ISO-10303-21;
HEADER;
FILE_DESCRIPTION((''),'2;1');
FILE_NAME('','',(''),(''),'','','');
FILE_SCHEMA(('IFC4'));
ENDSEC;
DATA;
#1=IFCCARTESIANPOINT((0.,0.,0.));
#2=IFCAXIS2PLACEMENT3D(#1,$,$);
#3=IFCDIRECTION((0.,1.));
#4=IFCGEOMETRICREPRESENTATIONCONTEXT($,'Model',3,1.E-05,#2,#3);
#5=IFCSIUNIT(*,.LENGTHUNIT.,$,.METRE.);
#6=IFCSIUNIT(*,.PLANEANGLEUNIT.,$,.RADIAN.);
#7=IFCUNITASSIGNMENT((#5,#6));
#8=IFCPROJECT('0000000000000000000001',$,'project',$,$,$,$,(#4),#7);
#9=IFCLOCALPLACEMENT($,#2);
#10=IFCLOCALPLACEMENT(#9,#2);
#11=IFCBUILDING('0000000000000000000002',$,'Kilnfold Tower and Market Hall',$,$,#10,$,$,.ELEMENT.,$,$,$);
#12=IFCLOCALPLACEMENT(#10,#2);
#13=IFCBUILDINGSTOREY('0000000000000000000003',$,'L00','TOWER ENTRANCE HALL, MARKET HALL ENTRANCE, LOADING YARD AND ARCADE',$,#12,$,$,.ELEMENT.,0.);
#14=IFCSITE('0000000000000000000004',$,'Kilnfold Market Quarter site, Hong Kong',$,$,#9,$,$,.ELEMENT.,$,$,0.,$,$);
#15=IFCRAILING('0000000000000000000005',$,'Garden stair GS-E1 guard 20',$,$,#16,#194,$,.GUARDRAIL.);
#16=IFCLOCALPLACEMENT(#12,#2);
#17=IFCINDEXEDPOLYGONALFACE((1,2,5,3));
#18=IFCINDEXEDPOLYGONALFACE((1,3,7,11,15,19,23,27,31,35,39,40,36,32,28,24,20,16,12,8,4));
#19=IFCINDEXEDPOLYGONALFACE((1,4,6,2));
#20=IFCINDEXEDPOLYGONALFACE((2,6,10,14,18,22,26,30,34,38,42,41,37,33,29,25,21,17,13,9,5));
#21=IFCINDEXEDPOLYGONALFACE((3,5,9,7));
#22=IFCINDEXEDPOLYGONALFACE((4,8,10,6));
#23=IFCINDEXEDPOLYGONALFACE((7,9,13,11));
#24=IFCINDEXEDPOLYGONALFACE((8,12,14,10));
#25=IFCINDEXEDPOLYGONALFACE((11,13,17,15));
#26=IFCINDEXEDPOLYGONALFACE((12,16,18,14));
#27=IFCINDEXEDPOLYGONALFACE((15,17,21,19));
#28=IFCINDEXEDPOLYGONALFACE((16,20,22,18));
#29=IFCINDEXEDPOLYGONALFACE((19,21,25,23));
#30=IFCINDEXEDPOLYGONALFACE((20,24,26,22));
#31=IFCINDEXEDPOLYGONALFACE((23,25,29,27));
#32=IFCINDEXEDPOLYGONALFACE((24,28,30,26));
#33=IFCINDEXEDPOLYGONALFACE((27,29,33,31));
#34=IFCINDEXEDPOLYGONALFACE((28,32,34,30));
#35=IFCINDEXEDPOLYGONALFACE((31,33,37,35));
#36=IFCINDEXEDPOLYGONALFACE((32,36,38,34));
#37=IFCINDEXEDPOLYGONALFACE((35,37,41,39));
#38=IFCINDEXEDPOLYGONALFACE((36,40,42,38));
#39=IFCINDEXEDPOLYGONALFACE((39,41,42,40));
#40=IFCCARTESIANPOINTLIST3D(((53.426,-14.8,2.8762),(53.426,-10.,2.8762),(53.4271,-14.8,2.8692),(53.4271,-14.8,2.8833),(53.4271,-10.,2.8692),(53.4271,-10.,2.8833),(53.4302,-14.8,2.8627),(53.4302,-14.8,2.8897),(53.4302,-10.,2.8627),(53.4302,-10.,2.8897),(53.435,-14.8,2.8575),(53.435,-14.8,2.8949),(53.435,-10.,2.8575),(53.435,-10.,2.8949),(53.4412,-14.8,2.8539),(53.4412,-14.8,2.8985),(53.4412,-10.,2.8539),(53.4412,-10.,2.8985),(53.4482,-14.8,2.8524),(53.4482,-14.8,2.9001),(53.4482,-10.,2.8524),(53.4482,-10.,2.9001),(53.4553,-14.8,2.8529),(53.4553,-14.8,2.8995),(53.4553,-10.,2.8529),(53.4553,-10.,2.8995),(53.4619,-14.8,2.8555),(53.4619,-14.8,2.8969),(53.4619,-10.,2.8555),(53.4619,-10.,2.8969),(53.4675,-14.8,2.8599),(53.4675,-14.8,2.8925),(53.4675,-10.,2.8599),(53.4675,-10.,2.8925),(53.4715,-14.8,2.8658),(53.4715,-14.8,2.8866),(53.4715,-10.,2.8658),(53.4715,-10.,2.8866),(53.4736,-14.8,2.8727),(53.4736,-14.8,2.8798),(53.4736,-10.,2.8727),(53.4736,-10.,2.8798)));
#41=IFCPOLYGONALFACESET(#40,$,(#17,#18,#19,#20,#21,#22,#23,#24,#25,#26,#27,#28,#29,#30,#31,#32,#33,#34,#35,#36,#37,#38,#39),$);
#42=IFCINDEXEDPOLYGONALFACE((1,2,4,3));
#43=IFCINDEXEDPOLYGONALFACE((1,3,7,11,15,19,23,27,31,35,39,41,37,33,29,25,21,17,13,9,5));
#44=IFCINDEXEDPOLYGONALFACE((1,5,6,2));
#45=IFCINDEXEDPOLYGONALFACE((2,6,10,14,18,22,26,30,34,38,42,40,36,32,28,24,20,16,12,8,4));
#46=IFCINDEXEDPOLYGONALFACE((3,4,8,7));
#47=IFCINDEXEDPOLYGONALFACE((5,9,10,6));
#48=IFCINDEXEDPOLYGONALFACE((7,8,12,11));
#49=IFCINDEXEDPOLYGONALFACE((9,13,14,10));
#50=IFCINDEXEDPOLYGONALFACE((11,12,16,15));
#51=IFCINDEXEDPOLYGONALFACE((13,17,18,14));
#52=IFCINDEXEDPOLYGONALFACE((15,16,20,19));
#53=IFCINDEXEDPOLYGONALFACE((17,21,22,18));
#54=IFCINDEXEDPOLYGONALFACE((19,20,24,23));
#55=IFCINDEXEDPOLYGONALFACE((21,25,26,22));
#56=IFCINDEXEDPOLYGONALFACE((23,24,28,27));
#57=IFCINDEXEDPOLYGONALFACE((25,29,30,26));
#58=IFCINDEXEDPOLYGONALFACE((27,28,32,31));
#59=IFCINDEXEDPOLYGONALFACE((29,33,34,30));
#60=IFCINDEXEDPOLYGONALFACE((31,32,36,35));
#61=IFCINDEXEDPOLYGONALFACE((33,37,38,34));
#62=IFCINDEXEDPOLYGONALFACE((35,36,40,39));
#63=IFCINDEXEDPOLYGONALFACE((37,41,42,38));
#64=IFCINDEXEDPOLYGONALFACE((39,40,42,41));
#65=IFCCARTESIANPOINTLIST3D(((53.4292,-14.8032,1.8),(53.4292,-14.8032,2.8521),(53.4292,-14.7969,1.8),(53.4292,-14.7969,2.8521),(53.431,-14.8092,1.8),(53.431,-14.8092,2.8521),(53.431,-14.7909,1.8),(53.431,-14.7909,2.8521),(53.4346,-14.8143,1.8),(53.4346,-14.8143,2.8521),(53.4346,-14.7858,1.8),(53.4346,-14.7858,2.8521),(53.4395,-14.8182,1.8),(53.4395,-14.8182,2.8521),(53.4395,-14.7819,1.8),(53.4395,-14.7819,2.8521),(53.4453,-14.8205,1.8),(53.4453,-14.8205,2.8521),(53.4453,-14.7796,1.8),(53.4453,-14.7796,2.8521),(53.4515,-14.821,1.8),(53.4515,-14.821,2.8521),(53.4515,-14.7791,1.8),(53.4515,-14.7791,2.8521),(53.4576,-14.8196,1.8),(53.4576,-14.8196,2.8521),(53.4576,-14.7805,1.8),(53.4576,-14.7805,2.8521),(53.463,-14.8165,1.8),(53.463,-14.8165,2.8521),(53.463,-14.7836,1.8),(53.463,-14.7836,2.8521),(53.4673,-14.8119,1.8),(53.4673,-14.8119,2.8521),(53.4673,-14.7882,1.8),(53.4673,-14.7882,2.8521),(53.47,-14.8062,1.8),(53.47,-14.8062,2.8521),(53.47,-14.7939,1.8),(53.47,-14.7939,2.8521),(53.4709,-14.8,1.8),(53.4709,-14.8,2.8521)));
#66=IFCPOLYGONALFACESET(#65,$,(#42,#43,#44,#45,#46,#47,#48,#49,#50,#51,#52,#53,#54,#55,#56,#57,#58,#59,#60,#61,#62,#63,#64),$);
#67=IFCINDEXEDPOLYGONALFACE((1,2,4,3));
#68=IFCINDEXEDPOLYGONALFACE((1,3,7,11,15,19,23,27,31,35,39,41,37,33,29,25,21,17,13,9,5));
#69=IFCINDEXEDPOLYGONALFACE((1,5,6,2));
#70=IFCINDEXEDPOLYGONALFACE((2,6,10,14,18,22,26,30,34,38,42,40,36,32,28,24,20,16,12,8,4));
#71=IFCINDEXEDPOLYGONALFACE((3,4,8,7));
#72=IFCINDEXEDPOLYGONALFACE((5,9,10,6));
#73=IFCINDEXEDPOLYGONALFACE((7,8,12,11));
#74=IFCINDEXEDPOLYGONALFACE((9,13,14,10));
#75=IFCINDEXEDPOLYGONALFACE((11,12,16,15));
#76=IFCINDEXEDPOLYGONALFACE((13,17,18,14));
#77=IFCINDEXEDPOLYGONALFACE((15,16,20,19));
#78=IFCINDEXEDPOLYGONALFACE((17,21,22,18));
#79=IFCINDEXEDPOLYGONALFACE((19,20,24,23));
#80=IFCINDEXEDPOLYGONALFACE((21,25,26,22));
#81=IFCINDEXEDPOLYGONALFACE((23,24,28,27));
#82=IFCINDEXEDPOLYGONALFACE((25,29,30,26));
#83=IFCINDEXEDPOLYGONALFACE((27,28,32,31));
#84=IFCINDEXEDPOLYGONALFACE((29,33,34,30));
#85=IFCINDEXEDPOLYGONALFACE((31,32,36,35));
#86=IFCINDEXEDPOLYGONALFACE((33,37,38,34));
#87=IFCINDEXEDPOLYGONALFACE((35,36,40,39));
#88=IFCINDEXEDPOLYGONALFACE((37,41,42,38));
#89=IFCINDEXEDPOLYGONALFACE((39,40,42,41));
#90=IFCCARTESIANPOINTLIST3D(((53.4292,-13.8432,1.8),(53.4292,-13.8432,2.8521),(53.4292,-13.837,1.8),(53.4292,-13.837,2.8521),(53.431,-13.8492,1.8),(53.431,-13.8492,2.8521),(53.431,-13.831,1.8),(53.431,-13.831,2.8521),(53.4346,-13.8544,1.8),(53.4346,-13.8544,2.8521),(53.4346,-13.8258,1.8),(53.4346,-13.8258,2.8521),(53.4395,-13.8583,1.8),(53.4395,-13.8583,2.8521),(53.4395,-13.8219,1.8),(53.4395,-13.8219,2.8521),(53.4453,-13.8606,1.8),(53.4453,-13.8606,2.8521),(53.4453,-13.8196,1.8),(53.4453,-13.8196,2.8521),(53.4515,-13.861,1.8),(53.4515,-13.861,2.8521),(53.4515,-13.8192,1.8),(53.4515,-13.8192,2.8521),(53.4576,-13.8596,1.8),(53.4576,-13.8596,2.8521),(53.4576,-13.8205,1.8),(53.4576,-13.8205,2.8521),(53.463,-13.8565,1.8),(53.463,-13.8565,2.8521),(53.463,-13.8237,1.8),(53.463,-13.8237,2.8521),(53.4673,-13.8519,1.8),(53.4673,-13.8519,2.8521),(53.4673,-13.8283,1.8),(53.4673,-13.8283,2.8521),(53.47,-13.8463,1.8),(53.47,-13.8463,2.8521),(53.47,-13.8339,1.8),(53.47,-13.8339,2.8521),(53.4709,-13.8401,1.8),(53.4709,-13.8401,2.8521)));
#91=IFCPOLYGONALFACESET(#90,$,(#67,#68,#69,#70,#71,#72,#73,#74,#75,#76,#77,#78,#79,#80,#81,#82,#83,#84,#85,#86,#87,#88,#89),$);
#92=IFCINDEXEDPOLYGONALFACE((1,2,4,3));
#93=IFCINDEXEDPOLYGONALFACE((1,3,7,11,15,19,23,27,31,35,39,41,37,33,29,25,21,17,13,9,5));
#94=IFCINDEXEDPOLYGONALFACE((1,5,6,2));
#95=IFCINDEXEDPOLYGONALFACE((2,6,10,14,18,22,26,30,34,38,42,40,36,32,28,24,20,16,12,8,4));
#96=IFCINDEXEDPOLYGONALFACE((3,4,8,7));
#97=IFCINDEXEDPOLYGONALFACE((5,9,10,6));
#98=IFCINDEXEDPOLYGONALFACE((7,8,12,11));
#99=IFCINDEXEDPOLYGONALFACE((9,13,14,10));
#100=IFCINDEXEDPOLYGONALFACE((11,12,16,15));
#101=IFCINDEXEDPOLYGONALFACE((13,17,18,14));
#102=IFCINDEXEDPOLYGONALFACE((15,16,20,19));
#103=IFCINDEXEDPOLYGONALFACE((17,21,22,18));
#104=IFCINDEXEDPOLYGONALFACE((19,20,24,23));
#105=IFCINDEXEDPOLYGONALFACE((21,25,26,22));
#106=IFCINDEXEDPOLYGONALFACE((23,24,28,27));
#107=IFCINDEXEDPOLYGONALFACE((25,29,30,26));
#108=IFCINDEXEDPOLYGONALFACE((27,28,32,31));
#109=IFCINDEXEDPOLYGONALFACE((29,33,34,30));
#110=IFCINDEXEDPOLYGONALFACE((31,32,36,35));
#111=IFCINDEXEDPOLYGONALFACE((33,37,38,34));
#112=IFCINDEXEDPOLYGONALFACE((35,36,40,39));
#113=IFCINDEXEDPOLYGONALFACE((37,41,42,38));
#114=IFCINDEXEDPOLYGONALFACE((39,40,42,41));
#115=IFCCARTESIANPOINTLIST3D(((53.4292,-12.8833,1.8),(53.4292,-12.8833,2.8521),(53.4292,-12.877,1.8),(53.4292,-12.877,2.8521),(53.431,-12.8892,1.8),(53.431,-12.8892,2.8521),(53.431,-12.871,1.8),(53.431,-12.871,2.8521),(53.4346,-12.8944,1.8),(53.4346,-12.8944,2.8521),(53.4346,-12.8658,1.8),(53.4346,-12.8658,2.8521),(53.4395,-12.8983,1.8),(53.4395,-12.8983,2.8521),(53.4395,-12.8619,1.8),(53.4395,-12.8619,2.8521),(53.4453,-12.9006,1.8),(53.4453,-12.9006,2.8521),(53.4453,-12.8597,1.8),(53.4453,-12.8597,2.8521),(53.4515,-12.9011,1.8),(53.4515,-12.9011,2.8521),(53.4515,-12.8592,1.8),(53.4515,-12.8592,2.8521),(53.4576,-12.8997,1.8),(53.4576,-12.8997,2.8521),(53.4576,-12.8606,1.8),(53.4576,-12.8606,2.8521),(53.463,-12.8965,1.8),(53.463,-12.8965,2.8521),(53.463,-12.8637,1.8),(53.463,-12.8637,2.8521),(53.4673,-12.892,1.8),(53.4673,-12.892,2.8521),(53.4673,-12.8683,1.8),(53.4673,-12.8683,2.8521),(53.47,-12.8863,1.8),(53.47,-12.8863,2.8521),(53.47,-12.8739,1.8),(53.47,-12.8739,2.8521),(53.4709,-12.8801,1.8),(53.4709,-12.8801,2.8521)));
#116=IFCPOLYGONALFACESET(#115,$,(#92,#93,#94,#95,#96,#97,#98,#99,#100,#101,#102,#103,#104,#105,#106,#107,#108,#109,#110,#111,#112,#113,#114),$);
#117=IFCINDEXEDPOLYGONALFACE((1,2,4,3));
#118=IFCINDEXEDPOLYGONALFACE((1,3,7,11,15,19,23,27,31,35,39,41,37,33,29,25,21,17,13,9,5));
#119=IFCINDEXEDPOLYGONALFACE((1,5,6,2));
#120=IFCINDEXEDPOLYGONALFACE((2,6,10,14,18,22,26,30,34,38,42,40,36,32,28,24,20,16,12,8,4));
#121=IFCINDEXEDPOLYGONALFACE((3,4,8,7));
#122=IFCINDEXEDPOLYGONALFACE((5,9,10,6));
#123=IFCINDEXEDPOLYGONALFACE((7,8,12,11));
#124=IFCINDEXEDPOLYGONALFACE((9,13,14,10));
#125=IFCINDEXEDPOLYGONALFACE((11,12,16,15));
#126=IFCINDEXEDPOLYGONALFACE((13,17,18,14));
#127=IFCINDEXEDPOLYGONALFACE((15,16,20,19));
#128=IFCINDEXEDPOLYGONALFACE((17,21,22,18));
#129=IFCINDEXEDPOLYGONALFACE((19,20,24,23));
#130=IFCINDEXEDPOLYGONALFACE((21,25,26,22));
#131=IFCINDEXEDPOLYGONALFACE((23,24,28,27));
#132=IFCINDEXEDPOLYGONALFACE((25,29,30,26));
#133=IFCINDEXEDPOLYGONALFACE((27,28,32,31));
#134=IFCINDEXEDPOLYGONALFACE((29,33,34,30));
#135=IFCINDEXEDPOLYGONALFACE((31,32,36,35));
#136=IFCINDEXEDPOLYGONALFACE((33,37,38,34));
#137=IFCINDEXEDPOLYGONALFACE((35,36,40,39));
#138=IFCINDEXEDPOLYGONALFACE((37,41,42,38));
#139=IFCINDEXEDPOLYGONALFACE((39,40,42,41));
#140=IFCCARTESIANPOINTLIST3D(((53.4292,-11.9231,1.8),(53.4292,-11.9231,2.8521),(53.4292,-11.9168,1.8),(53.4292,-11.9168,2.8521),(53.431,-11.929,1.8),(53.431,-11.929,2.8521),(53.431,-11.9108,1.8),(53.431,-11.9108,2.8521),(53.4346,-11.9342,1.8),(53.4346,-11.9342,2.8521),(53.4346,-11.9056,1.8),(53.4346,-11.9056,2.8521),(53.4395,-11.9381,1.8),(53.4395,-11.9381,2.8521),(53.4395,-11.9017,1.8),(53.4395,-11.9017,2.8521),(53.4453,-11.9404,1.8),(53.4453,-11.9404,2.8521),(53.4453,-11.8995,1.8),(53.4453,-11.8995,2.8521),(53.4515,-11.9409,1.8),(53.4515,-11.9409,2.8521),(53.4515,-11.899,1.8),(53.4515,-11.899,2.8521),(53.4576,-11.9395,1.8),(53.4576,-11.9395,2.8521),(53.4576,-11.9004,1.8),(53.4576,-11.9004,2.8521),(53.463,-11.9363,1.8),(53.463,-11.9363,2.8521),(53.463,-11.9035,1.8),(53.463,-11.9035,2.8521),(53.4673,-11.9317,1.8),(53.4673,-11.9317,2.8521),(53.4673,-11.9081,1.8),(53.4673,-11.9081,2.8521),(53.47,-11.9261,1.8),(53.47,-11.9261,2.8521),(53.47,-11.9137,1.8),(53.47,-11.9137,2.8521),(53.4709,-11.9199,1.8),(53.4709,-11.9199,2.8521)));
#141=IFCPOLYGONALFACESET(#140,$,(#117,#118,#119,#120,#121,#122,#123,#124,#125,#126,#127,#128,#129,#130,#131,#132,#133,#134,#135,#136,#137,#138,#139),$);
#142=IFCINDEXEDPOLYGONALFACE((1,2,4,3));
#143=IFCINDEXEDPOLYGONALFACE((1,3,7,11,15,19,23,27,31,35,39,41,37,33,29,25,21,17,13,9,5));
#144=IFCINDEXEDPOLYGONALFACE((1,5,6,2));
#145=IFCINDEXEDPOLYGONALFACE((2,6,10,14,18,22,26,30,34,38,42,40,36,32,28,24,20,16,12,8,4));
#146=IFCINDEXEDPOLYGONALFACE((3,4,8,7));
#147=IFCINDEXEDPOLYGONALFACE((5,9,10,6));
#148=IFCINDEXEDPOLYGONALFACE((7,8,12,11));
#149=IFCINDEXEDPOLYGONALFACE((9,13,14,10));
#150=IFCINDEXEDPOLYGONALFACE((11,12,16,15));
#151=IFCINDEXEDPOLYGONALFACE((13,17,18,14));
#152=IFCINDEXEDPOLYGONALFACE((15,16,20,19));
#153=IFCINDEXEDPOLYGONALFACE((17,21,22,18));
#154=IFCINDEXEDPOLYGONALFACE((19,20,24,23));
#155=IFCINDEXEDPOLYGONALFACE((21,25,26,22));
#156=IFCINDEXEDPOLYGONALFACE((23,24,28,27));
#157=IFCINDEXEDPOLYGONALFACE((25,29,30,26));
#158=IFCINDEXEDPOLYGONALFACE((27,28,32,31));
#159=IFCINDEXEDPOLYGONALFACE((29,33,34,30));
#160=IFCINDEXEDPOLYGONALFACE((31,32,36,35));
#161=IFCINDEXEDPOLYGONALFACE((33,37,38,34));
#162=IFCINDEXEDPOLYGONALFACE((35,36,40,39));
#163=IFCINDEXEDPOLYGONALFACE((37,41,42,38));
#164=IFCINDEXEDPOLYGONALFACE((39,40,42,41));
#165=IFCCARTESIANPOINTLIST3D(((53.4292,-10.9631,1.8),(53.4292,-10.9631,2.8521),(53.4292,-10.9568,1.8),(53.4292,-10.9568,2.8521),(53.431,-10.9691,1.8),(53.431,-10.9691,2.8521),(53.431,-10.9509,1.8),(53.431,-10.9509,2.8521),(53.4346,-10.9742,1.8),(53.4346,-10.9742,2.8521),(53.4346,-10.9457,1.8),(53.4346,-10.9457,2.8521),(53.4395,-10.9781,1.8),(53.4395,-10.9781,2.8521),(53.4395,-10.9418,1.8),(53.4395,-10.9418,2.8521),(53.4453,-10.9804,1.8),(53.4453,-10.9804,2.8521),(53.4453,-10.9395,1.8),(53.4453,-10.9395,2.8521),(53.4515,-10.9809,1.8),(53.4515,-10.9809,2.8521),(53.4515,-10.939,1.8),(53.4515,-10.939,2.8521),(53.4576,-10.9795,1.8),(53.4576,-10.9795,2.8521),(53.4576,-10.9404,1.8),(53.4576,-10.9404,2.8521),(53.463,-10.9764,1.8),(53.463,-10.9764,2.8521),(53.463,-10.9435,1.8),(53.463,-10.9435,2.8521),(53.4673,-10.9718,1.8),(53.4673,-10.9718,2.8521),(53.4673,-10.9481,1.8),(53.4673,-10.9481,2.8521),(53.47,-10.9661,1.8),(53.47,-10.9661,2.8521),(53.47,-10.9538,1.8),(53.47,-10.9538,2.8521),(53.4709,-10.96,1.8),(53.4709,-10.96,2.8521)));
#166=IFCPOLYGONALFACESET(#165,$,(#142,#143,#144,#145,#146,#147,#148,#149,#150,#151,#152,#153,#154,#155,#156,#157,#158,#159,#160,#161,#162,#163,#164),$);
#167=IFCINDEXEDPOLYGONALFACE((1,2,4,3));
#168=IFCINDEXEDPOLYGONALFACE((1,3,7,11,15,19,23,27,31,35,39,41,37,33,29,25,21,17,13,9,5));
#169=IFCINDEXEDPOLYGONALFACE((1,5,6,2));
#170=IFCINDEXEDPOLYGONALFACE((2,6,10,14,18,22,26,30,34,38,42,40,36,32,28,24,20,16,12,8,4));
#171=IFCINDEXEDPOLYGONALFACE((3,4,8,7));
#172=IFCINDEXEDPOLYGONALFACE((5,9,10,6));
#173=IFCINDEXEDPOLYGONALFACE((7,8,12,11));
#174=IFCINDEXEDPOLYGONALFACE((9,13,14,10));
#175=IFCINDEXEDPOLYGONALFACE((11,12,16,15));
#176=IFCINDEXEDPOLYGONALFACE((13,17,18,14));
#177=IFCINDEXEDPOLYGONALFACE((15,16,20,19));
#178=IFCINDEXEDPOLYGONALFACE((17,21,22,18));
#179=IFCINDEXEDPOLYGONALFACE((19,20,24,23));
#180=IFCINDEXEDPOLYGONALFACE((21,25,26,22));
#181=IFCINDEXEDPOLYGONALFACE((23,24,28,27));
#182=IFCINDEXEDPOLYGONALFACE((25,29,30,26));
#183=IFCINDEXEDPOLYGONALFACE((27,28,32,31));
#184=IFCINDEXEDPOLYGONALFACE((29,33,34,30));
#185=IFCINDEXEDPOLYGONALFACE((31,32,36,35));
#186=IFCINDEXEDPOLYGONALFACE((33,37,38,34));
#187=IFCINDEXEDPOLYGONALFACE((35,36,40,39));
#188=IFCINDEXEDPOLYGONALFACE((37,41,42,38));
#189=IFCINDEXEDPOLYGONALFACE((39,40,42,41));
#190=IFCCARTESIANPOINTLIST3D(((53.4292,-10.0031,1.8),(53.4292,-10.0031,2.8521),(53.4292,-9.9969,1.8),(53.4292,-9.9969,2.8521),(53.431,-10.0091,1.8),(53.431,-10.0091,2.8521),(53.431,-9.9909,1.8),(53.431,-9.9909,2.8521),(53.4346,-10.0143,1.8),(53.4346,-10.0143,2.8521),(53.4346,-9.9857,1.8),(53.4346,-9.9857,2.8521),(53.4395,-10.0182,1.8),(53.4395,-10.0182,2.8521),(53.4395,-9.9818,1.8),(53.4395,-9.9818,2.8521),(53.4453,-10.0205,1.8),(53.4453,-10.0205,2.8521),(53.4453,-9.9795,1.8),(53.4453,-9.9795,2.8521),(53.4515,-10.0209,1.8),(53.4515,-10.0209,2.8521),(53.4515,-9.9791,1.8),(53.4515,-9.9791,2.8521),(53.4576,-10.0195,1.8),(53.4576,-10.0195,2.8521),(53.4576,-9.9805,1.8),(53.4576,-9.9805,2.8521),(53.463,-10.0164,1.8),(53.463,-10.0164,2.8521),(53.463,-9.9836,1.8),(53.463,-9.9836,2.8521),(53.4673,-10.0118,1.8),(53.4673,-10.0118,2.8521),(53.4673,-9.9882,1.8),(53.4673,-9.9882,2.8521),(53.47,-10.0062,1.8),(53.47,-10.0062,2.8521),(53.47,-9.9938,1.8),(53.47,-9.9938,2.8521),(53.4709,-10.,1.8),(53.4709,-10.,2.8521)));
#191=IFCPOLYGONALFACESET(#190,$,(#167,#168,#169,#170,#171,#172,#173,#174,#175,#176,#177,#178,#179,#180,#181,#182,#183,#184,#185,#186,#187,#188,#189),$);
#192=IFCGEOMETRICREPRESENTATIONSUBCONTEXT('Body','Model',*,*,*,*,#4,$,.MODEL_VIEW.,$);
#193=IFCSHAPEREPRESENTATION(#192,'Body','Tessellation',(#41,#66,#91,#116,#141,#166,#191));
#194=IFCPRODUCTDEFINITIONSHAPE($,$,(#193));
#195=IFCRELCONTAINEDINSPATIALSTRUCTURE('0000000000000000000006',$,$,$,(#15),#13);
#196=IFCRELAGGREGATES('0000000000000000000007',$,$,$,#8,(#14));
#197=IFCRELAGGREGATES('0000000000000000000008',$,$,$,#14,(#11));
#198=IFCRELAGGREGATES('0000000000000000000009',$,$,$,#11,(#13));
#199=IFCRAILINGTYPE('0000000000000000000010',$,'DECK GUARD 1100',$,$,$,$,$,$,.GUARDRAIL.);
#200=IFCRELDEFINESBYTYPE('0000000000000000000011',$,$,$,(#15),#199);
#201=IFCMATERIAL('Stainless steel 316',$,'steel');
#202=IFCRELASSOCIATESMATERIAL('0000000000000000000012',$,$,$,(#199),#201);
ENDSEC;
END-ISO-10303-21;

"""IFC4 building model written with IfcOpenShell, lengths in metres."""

from ifc_helpers import new_model, si_unit, direction, frame, origin, origin_2d, place, context, subcontext, project, spatial, circle, extrude, material, type_object, element, save


model = new_model("IFC4")

# Units and contexts
model_context = context("Model", 3, precision=1e-05, world=origin(), true_north=direction((0.0, 1.0)))
body_context = subcontext(model_context, "Body", "Model", "MODEL_VIEW")
ifc_project = project(units=[si_unit("LENGTHUNIT", "METRE"), si_unit("PLANEANGLEUNIT", "RADIAN")], contexts=[model_context])

# Site, building, storey
site_placement = place(None, origin())
site = spatial("IfcSite", under=ifc_project, at=site_placement, Name="Kilnfold Market Quarter site, Hong Kong", CompositionType="ELEMENT", RefElevation=0.0)
building_placement = place(site_placement, origin())
building = spatial("IfcBuilding", under=site, at=building_placement, Name="Kilnfold Tower and Market Hall", CompositionType="ELEMENT")
storey_placement = place(building_placement, origin())
storey = spatial("IfcBuildingStorey", under=building, at=storey_placement, Name="L00", Description="TOWER ENTRANCE HALL, MARKET HALL ENTRANCE, LOADING YARD AND ARCADE", CompositionType="ELEMENT", Elevation=0.0)

# Railing
ifc_material_1 = material(Name="Stainless steel 316", Category="steel")
railing_type = type_object("IfcRailingType", Name="DECK GUARD 1100", PredefinedType="GUARDRAIL", material=ifc_material_1)
railing_1_placement = place(storey_placement, frame((53.45, -14.8, 1.8)))
element("IfcRailing", 1, at=railing_1_placement, inside=storey, type_object=railing_type, Name="Garden stair GS-E1 guard 20", PredefinedType="GUARDRAIL", context=body_context, shape_type="SweptSolid", body=[
    extrude(circle(Radius=0.0239, at=origin_2d()), frame((0.0, 0.0, 1.0762), z_axis=(0.0, 1.0, 0.0), x_axis=(-1.0, 0.0, 0.0)), (0.0, 0.0, 1.0), 4.8),
    extrude(circle(Radius=0.021, at=origin_2d()), origin(), (0.0, 0.0, 1.0), 1.052),
    extrude(circle(Radius=0.021, at=origin_2d()), frame((0.0, 0.96, 0.0)), (0.0, 0.0, 1.0), 1.052),
    extrude(circle(Radius=0.021, at=origin_2d()), frame((0.0, 1.9199, 0.0)), (0.0, 0.0, 1.0), 1.052),
    extrude(circle(Radius=0.021, at=origin_2d()), frame((0.0, 2.8801, 0.0)), (0.0, 0.0, 1.0), 1.052),
    extrude(circle(Radius=0.021, at=origin_2d()), frame((0.0, 3.8401, 0.0)), (0.0, 0.0, 1.0), 1.052),
    extrude(circle(Radius=0.021, at=origin_2d()), frame((0.0, 4.8, 0.0)), (0.0, 0.0, 1.0), 1.052),
])

save(model, "model.ifc")
